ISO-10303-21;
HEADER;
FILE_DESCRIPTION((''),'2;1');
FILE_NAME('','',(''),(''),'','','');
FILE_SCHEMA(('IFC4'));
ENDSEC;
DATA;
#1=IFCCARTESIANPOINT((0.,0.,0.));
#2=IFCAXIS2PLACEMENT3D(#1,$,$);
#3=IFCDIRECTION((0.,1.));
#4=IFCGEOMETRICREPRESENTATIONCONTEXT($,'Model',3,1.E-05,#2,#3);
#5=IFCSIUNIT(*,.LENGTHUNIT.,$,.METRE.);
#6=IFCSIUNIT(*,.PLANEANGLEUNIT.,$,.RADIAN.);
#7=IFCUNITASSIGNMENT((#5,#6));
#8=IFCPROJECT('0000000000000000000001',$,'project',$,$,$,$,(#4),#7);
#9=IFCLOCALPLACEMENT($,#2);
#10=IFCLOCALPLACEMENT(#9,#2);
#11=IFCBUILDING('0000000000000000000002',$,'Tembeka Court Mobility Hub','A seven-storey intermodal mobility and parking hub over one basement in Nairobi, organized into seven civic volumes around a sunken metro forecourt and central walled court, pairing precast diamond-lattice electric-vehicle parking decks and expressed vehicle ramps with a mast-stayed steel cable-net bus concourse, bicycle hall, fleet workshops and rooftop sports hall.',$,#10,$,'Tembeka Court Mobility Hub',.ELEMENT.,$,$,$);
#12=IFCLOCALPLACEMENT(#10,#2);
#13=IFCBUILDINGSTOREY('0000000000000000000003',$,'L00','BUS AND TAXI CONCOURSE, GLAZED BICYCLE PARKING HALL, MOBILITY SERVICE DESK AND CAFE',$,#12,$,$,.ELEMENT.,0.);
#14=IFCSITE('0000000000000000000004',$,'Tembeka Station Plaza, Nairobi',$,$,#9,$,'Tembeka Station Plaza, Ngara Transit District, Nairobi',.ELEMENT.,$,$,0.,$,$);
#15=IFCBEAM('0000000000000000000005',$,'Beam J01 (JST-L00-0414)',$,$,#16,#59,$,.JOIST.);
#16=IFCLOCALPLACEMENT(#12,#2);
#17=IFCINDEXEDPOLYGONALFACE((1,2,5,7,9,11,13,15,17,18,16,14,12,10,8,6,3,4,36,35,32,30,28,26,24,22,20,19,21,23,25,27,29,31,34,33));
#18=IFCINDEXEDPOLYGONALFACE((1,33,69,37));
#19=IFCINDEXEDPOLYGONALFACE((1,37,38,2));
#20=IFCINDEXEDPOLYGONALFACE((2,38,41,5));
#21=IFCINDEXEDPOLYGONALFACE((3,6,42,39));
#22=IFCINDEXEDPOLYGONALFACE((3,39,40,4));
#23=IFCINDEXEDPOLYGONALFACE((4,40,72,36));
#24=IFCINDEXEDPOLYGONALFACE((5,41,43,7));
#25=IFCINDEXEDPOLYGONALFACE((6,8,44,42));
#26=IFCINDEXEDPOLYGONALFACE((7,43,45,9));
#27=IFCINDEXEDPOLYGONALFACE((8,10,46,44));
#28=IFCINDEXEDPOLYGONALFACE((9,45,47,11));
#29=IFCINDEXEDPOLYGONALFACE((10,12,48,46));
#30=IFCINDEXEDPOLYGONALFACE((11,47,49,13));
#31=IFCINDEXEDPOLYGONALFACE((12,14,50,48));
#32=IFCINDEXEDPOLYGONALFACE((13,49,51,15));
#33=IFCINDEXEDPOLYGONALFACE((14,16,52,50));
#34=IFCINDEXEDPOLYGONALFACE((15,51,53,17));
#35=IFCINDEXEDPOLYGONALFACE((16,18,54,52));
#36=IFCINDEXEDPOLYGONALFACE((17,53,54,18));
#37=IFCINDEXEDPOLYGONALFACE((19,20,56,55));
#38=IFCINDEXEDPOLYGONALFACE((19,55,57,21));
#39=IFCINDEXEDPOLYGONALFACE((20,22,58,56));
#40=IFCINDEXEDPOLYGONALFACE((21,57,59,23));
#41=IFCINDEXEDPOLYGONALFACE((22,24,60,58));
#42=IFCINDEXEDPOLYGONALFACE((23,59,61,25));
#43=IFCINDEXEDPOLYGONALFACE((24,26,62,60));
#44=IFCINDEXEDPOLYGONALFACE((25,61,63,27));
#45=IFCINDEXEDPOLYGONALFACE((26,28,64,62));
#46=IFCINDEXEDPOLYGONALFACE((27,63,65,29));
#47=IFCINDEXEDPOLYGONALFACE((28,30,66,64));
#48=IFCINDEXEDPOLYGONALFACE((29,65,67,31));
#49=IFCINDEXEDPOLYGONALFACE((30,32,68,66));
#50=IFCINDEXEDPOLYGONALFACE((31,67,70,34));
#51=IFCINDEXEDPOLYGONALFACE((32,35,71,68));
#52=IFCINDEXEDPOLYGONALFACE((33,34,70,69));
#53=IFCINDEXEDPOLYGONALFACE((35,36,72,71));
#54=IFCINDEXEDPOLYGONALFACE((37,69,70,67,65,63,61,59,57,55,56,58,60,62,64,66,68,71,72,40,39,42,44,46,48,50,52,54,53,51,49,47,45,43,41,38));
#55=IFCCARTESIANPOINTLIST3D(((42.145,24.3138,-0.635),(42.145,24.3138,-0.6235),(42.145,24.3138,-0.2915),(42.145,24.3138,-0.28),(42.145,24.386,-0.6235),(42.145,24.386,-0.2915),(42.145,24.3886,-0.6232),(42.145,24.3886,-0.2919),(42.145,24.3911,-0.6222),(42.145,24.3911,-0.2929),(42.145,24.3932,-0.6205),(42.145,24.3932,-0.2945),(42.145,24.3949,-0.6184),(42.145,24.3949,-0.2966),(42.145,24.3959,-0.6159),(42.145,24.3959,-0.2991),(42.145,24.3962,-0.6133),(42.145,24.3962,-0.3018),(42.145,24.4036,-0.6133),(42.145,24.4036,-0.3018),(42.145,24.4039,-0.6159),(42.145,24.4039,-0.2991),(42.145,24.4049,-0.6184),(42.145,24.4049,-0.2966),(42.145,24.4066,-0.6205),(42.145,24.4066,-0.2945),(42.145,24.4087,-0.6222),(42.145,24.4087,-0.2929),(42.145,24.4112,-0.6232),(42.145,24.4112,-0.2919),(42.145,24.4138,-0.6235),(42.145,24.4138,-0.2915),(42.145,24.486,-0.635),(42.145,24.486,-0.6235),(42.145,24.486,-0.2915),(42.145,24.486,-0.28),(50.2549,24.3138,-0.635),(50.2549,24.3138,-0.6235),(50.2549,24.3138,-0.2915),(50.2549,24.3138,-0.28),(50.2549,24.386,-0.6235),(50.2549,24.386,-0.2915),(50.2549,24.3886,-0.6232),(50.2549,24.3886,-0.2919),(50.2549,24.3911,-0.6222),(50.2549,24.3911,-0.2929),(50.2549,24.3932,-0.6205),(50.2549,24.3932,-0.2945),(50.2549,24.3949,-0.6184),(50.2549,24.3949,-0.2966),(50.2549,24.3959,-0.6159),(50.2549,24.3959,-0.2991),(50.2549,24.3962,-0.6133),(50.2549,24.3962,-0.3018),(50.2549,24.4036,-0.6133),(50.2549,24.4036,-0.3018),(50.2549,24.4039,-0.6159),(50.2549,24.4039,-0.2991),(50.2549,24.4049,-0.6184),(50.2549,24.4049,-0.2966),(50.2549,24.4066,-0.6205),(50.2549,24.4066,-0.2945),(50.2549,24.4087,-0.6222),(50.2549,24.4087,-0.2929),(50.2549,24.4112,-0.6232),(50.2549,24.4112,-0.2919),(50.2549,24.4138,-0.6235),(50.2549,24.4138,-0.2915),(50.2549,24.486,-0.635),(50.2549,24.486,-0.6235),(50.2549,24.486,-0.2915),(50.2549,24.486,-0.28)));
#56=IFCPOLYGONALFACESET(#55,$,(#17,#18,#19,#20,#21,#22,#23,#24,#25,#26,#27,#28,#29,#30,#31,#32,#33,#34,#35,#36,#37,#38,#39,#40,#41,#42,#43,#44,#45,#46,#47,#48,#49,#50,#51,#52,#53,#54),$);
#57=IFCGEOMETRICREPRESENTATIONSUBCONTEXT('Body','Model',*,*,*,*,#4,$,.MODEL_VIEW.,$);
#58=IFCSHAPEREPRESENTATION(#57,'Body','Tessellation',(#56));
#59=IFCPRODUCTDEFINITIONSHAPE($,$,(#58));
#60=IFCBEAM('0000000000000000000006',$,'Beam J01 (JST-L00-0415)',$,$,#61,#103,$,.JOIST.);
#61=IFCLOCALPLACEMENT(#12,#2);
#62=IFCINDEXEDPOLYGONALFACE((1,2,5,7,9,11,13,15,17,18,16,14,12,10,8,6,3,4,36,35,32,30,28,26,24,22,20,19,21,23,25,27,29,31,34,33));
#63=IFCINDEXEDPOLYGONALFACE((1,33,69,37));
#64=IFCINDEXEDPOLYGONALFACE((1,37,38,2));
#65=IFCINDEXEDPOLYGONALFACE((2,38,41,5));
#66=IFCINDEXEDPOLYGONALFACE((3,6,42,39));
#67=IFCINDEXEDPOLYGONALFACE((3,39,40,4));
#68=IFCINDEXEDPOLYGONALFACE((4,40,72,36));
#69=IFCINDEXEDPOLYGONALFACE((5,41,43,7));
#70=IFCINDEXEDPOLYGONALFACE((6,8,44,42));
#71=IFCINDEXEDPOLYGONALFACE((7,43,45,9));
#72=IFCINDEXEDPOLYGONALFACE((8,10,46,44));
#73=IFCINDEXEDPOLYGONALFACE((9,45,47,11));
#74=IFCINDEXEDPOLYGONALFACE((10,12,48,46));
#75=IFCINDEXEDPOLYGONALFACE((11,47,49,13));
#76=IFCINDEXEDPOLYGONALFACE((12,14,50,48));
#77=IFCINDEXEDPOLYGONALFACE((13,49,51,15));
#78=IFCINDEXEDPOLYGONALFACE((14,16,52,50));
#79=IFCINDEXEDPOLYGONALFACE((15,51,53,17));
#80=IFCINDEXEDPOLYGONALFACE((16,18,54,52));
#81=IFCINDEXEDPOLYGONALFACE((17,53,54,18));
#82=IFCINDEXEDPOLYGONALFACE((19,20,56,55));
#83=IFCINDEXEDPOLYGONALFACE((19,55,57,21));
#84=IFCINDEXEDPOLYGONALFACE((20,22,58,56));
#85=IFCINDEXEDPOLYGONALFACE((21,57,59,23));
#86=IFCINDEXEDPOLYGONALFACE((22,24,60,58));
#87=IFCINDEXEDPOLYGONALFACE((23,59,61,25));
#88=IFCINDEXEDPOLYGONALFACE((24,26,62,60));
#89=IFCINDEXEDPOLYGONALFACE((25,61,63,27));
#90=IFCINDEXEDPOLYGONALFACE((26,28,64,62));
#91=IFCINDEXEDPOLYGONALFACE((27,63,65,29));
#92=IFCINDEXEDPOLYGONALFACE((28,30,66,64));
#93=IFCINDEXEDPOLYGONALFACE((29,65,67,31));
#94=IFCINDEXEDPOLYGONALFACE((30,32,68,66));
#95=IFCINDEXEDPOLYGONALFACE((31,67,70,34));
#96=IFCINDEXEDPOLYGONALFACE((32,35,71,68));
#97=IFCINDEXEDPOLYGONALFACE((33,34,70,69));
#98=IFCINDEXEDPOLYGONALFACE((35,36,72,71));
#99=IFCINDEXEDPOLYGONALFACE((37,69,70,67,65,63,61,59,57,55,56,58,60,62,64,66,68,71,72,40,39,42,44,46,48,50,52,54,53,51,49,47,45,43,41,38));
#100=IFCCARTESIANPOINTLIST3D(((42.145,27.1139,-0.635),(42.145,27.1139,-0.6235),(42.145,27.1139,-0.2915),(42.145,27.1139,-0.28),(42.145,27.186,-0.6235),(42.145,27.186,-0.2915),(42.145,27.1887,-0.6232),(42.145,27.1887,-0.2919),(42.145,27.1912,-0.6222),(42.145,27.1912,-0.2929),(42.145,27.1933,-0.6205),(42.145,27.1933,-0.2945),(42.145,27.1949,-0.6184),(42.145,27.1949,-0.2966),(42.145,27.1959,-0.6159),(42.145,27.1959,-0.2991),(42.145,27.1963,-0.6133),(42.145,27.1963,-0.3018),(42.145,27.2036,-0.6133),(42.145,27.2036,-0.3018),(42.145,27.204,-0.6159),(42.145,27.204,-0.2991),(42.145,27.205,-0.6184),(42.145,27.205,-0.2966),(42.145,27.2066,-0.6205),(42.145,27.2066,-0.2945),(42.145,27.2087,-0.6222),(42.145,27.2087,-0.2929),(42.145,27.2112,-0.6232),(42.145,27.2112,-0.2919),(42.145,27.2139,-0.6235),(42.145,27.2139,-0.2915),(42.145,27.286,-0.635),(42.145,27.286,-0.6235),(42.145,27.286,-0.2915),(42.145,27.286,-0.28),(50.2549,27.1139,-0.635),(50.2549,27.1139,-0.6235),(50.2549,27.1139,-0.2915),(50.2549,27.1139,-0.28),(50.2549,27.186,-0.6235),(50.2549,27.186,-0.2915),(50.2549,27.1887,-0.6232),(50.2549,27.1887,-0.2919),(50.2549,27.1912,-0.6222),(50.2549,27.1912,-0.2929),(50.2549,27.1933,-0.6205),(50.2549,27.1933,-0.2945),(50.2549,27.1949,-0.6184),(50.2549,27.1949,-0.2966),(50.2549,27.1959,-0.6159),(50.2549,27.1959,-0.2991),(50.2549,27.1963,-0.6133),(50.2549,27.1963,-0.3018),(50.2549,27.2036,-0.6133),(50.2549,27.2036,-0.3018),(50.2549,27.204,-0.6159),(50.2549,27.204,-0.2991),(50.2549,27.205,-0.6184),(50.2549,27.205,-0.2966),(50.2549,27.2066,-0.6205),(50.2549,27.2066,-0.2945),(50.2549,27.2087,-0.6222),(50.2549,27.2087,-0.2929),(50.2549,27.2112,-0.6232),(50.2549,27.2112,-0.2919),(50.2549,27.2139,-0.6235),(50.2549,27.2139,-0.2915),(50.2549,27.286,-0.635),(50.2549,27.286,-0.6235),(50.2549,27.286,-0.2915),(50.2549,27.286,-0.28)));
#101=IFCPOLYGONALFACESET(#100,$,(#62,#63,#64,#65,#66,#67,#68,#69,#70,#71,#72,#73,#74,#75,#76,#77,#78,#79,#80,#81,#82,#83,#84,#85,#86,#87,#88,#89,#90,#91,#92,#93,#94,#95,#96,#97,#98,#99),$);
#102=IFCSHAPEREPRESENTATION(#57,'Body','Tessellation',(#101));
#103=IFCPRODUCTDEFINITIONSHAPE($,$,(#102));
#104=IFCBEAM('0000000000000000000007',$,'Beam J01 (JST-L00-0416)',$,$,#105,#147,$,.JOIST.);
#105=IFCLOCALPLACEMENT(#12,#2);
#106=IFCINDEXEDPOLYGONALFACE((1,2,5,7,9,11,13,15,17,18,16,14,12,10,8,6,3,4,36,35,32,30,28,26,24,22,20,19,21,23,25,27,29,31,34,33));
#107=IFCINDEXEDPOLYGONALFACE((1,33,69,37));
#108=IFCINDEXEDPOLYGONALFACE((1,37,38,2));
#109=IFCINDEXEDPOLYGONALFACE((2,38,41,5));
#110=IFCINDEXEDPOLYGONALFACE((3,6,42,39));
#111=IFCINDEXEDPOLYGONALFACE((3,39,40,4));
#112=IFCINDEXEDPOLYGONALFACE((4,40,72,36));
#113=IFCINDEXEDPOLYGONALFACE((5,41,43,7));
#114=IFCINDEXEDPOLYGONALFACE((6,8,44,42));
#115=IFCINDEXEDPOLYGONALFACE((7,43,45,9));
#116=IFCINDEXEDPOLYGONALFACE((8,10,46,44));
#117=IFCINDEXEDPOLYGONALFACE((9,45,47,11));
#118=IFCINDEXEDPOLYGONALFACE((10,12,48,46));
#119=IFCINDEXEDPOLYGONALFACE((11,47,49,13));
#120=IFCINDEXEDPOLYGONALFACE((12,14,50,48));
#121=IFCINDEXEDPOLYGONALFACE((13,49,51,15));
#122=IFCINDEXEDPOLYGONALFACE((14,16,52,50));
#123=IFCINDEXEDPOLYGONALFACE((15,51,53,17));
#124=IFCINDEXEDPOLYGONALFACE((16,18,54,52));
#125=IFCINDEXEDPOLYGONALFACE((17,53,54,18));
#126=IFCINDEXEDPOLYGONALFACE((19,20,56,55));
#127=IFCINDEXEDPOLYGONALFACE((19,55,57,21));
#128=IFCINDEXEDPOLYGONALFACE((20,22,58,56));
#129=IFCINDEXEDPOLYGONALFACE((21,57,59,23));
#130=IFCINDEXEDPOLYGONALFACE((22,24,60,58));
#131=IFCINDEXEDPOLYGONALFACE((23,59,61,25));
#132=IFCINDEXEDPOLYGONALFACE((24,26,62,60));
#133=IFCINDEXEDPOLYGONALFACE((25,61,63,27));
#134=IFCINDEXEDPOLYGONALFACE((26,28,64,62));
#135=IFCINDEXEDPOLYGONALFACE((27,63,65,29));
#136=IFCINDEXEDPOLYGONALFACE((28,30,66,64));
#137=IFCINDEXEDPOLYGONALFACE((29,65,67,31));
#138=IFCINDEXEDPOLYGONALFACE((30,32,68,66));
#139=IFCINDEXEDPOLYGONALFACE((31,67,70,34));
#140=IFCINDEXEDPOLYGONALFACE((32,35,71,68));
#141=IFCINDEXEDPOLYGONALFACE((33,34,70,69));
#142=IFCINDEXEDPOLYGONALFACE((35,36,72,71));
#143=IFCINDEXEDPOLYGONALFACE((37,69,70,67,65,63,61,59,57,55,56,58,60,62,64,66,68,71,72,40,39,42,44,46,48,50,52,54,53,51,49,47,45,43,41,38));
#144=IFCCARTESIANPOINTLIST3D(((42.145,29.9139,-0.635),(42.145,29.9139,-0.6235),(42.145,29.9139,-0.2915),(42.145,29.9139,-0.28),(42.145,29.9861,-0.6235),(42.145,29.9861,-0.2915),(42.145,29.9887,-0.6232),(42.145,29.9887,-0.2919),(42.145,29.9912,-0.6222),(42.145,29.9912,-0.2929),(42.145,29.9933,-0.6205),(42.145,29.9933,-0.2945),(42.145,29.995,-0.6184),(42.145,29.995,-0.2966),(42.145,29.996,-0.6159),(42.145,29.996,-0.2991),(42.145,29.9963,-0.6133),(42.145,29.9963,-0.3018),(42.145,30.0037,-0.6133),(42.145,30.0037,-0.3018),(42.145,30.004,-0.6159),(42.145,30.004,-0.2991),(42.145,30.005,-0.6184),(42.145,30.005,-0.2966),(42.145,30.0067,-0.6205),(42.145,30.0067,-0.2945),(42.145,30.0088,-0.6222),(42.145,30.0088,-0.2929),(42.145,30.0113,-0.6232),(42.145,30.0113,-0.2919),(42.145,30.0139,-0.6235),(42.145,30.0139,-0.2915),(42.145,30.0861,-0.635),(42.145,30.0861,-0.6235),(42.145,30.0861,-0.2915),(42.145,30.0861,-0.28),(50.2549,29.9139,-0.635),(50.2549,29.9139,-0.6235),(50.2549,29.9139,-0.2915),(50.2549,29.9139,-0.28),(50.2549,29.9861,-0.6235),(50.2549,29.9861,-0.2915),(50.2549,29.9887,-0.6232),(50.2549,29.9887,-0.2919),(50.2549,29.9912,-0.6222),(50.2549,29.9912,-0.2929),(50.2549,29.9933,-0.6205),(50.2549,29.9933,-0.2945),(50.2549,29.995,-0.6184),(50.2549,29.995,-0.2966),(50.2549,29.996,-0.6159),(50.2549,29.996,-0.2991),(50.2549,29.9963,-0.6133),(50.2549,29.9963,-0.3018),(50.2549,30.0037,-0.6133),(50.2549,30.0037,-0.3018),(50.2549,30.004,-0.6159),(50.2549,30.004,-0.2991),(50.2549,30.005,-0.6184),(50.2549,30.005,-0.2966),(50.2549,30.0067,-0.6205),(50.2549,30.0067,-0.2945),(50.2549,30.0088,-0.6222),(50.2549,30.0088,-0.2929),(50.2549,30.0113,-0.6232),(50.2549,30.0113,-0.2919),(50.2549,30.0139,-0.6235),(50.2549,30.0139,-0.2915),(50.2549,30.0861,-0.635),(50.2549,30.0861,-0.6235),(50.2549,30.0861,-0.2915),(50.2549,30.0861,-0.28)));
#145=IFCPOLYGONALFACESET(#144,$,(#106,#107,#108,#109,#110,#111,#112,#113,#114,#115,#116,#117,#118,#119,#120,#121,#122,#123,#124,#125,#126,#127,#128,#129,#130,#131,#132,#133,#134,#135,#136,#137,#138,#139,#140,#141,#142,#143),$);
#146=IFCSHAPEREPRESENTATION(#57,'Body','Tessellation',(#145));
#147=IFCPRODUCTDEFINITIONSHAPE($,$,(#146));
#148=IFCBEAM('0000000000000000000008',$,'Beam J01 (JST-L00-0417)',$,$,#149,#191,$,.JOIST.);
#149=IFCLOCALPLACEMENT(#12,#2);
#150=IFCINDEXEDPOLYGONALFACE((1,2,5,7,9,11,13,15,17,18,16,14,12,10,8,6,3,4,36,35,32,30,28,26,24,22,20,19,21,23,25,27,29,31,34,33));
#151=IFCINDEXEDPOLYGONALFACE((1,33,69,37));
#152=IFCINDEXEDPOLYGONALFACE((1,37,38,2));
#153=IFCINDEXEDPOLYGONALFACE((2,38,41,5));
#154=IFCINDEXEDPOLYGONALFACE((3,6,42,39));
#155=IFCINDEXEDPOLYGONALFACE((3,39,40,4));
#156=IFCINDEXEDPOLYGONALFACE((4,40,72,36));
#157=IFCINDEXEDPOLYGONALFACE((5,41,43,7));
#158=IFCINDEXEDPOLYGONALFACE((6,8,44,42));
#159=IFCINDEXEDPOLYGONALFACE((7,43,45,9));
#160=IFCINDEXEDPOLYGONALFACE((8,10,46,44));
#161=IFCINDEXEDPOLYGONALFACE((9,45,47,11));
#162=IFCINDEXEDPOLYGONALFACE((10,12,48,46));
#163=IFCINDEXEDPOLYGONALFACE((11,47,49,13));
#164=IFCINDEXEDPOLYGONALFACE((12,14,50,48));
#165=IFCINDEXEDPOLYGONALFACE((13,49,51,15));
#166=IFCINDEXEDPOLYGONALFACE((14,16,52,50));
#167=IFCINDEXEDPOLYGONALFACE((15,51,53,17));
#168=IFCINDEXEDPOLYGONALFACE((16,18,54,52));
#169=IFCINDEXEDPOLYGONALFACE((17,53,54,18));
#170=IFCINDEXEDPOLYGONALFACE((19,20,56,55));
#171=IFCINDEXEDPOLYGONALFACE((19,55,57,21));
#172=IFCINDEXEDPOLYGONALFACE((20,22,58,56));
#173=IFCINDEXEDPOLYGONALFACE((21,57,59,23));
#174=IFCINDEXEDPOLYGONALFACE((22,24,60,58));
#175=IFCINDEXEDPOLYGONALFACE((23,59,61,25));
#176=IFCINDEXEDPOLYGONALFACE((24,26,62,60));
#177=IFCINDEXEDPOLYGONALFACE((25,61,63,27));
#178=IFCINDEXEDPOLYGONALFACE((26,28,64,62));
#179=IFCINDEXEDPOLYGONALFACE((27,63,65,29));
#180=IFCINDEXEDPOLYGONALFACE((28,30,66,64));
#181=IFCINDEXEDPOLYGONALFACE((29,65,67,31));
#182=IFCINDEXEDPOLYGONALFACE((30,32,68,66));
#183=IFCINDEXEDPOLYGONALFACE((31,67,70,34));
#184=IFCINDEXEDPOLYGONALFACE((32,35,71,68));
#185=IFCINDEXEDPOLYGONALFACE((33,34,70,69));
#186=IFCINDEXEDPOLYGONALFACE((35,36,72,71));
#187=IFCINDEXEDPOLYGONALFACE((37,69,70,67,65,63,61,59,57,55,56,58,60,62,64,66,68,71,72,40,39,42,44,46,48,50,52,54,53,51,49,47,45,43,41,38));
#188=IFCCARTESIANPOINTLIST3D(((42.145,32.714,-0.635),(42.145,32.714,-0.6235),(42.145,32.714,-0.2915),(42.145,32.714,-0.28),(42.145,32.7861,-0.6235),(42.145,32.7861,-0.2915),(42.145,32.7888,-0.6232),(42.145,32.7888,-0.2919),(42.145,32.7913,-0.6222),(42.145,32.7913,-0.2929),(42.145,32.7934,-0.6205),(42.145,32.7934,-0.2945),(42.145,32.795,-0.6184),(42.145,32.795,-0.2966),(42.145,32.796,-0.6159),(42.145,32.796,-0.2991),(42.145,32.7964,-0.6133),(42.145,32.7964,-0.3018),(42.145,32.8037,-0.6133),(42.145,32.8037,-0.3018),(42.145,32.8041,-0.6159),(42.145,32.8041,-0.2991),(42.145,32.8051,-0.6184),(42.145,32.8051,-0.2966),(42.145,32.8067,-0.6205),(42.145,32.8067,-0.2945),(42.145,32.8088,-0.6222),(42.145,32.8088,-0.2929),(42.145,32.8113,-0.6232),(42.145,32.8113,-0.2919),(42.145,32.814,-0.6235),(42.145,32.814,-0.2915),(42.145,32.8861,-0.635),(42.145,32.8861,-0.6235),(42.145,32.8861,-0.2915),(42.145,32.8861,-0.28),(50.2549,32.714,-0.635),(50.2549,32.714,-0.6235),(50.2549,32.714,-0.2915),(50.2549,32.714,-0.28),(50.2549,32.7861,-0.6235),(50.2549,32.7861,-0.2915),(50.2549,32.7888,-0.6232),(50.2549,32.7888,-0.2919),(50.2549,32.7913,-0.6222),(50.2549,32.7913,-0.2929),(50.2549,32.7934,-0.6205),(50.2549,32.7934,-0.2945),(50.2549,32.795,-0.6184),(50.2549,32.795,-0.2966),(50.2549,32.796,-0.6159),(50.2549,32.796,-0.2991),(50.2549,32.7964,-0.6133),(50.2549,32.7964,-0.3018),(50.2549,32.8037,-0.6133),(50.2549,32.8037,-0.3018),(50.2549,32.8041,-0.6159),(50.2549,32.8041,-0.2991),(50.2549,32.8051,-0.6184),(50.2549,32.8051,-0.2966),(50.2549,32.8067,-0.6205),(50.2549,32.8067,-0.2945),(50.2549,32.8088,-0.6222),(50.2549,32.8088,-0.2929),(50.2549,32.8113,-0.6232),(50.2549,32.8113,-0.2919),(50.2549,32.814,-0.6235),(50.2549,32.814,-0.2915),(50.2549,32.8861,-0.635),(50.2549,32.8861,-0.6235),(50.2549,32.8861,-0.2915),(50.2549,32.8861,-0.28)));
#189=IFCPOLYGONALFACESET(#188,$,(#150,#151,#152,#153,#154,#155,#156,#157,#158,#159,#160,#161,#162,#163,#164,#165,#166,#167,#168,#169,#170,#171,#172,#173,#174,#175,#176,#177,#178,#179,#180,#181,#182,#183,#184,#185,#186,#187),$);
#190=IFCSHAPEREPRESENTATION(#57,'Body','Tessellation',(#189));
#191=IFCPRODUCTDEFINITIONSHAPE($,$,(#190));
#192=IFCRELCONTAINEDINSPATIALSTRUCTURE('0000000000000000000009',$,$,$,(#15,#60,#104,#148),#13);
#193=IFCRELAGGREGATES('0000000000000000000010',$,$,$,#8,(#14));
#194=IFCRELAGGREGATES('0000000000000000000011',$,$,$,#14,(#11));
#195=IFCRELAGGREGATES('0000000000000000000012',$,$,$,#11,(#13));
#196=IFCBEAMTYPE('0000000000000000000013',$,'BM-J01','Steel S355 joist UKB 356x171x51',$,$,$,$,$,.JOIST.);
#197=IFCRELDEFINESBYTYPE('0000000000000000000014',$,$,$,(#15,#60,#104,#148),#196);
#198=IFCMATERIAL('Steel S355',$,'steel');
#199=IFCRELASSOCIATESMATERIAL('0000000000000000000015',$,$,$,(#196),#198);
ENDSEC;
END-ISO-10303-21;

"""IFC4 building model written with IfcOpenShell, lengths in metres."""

from ifc_helpers import new_model, si_unit, direction, frame, origin, origin_2d, place, context, subcontext, project, spatial, i_section, extrude, material, material_profile, profile_set, type_object, element, save


model = new_model("IFC4")

# Units and contexts
model_context = context("Model", 3, precision=1e-05, world=origin(), true_north=direction((0.0, 1.0)))
body_context = subcontext(model_context, "Body", "Model", "MODEL_VIEW")
ifc_project = project(units=[si_unit("LENGTHUNIT", "METRE"), si_unit("PLANEANGLEUNIT", "RADIAN")], contexts=[model_context])

# Site, building, storey
site_placement = place(None, origin())
site = spatial("IfcSite", under=ifc_project, at=site_placement, Name="Tembeka Station Plaza, Nairobi", LongName="Tembeka Station Plaza, Ngara Transit District, Nairobi", CompositionType="ELEMENT", RefElevation=0.0)
building_placement = place(site_placement, origin())
building = spatial("IfcBuilding", under=site, at=building_placement, Name="Tembeka Court Mobility Hub", Description="A seven-storey intermodal mobility and parking hub over one basement in Nairobi, organized into seven civic volumes around a sunken metro forecourt and central walled court, pairing precast diamond-lattice electric-vehicle parking decks and expressed vehicle ramps with a mast-stayed steel cable-net bus concourse, bicycle hall, fleet workshops and rooftop sports hall.", LongName="Tembeka Court Mobility Hub", CompositionType="ELEMENT")
storey_placement = place(building_placement, origin())
storey = spatial("IfcBuildingStorey", under=building, at=storey_placement, Name="L00", Description="BUS AND TAXI CONCOURSE, GLAZED BICYCLE PARKING HALL, MOBILITY SERVICE DESK AND CAFE", CompositionType="ELEMENT", Elevation=0.0)

# Shared definitions
ifc_material_1 = material(Name="Steel S355", Category="steel")

# Beams
ifc_material_profile_1 = material_profile(ifc_material_1, i_section(OverallWidth=0.1721, OverallDepth=0.355, WebThickness=0.0073, FlangeThickness=0.0115, FilletRadius=0.0103, at=origin_2d()), Name="UKB 356x171x51")
ifc_profile_set_1 = profile_set([ifc_material_profile_1], Name="Steel S355")
beam_type_1 = type_object("IfcBeamType", Name="BM-J01", Description="Steel S355 joist UKB 356x171x51", PredefinedType="JOIST", material=ifc_profile_set_1)
for number, where, z_axis, x_axis, name in (
    (1, (42.145, 24.3999, -0.4575), (1.0, 0.0, 0.0), (0.0, 1.0, 0.0), "Beam J01 (JST-L00-0414)"),
    (2, (42.145, 27.2, -0.4575), (1.0, 0.0, 0.0), (0.0, 1.0, 0.0), "Beam J01 (JST-L00-0415)"),
    (3, (42.145, 30.0, -0.4575), (1.0, 0.0, 0.0), (0.0, 1.0, 0.0), "Beam J01 (JST-L00-0416)"),
    (4, (42.145, 32.8, -0.4575), (1.0, 0.0, 0.0), (0.0, 1.0, 0.0), "Beam J01 (JST-L00-0417)"),
):
    element("IfcBeam", number, at=place(storey_placement, frame(where, z_axis=z_axis, x_axis=x_axis)), inside=storey, type_object=beam_type_1, Name=name, PredefinedType="JOIST", context=body_context, shape_type="SweptSolid", body=[
        extrude(i_section(OverallWidth=0.1721, OverallDepth=0.355, WebThickness=0.0073, FlangeThickness=0.0115, FilletRadius=0.0103, at=origin_2d()), origin(), (0.0, 0.0, 1.0), 8.1099),
    ])

save(model, "model.ifc")
